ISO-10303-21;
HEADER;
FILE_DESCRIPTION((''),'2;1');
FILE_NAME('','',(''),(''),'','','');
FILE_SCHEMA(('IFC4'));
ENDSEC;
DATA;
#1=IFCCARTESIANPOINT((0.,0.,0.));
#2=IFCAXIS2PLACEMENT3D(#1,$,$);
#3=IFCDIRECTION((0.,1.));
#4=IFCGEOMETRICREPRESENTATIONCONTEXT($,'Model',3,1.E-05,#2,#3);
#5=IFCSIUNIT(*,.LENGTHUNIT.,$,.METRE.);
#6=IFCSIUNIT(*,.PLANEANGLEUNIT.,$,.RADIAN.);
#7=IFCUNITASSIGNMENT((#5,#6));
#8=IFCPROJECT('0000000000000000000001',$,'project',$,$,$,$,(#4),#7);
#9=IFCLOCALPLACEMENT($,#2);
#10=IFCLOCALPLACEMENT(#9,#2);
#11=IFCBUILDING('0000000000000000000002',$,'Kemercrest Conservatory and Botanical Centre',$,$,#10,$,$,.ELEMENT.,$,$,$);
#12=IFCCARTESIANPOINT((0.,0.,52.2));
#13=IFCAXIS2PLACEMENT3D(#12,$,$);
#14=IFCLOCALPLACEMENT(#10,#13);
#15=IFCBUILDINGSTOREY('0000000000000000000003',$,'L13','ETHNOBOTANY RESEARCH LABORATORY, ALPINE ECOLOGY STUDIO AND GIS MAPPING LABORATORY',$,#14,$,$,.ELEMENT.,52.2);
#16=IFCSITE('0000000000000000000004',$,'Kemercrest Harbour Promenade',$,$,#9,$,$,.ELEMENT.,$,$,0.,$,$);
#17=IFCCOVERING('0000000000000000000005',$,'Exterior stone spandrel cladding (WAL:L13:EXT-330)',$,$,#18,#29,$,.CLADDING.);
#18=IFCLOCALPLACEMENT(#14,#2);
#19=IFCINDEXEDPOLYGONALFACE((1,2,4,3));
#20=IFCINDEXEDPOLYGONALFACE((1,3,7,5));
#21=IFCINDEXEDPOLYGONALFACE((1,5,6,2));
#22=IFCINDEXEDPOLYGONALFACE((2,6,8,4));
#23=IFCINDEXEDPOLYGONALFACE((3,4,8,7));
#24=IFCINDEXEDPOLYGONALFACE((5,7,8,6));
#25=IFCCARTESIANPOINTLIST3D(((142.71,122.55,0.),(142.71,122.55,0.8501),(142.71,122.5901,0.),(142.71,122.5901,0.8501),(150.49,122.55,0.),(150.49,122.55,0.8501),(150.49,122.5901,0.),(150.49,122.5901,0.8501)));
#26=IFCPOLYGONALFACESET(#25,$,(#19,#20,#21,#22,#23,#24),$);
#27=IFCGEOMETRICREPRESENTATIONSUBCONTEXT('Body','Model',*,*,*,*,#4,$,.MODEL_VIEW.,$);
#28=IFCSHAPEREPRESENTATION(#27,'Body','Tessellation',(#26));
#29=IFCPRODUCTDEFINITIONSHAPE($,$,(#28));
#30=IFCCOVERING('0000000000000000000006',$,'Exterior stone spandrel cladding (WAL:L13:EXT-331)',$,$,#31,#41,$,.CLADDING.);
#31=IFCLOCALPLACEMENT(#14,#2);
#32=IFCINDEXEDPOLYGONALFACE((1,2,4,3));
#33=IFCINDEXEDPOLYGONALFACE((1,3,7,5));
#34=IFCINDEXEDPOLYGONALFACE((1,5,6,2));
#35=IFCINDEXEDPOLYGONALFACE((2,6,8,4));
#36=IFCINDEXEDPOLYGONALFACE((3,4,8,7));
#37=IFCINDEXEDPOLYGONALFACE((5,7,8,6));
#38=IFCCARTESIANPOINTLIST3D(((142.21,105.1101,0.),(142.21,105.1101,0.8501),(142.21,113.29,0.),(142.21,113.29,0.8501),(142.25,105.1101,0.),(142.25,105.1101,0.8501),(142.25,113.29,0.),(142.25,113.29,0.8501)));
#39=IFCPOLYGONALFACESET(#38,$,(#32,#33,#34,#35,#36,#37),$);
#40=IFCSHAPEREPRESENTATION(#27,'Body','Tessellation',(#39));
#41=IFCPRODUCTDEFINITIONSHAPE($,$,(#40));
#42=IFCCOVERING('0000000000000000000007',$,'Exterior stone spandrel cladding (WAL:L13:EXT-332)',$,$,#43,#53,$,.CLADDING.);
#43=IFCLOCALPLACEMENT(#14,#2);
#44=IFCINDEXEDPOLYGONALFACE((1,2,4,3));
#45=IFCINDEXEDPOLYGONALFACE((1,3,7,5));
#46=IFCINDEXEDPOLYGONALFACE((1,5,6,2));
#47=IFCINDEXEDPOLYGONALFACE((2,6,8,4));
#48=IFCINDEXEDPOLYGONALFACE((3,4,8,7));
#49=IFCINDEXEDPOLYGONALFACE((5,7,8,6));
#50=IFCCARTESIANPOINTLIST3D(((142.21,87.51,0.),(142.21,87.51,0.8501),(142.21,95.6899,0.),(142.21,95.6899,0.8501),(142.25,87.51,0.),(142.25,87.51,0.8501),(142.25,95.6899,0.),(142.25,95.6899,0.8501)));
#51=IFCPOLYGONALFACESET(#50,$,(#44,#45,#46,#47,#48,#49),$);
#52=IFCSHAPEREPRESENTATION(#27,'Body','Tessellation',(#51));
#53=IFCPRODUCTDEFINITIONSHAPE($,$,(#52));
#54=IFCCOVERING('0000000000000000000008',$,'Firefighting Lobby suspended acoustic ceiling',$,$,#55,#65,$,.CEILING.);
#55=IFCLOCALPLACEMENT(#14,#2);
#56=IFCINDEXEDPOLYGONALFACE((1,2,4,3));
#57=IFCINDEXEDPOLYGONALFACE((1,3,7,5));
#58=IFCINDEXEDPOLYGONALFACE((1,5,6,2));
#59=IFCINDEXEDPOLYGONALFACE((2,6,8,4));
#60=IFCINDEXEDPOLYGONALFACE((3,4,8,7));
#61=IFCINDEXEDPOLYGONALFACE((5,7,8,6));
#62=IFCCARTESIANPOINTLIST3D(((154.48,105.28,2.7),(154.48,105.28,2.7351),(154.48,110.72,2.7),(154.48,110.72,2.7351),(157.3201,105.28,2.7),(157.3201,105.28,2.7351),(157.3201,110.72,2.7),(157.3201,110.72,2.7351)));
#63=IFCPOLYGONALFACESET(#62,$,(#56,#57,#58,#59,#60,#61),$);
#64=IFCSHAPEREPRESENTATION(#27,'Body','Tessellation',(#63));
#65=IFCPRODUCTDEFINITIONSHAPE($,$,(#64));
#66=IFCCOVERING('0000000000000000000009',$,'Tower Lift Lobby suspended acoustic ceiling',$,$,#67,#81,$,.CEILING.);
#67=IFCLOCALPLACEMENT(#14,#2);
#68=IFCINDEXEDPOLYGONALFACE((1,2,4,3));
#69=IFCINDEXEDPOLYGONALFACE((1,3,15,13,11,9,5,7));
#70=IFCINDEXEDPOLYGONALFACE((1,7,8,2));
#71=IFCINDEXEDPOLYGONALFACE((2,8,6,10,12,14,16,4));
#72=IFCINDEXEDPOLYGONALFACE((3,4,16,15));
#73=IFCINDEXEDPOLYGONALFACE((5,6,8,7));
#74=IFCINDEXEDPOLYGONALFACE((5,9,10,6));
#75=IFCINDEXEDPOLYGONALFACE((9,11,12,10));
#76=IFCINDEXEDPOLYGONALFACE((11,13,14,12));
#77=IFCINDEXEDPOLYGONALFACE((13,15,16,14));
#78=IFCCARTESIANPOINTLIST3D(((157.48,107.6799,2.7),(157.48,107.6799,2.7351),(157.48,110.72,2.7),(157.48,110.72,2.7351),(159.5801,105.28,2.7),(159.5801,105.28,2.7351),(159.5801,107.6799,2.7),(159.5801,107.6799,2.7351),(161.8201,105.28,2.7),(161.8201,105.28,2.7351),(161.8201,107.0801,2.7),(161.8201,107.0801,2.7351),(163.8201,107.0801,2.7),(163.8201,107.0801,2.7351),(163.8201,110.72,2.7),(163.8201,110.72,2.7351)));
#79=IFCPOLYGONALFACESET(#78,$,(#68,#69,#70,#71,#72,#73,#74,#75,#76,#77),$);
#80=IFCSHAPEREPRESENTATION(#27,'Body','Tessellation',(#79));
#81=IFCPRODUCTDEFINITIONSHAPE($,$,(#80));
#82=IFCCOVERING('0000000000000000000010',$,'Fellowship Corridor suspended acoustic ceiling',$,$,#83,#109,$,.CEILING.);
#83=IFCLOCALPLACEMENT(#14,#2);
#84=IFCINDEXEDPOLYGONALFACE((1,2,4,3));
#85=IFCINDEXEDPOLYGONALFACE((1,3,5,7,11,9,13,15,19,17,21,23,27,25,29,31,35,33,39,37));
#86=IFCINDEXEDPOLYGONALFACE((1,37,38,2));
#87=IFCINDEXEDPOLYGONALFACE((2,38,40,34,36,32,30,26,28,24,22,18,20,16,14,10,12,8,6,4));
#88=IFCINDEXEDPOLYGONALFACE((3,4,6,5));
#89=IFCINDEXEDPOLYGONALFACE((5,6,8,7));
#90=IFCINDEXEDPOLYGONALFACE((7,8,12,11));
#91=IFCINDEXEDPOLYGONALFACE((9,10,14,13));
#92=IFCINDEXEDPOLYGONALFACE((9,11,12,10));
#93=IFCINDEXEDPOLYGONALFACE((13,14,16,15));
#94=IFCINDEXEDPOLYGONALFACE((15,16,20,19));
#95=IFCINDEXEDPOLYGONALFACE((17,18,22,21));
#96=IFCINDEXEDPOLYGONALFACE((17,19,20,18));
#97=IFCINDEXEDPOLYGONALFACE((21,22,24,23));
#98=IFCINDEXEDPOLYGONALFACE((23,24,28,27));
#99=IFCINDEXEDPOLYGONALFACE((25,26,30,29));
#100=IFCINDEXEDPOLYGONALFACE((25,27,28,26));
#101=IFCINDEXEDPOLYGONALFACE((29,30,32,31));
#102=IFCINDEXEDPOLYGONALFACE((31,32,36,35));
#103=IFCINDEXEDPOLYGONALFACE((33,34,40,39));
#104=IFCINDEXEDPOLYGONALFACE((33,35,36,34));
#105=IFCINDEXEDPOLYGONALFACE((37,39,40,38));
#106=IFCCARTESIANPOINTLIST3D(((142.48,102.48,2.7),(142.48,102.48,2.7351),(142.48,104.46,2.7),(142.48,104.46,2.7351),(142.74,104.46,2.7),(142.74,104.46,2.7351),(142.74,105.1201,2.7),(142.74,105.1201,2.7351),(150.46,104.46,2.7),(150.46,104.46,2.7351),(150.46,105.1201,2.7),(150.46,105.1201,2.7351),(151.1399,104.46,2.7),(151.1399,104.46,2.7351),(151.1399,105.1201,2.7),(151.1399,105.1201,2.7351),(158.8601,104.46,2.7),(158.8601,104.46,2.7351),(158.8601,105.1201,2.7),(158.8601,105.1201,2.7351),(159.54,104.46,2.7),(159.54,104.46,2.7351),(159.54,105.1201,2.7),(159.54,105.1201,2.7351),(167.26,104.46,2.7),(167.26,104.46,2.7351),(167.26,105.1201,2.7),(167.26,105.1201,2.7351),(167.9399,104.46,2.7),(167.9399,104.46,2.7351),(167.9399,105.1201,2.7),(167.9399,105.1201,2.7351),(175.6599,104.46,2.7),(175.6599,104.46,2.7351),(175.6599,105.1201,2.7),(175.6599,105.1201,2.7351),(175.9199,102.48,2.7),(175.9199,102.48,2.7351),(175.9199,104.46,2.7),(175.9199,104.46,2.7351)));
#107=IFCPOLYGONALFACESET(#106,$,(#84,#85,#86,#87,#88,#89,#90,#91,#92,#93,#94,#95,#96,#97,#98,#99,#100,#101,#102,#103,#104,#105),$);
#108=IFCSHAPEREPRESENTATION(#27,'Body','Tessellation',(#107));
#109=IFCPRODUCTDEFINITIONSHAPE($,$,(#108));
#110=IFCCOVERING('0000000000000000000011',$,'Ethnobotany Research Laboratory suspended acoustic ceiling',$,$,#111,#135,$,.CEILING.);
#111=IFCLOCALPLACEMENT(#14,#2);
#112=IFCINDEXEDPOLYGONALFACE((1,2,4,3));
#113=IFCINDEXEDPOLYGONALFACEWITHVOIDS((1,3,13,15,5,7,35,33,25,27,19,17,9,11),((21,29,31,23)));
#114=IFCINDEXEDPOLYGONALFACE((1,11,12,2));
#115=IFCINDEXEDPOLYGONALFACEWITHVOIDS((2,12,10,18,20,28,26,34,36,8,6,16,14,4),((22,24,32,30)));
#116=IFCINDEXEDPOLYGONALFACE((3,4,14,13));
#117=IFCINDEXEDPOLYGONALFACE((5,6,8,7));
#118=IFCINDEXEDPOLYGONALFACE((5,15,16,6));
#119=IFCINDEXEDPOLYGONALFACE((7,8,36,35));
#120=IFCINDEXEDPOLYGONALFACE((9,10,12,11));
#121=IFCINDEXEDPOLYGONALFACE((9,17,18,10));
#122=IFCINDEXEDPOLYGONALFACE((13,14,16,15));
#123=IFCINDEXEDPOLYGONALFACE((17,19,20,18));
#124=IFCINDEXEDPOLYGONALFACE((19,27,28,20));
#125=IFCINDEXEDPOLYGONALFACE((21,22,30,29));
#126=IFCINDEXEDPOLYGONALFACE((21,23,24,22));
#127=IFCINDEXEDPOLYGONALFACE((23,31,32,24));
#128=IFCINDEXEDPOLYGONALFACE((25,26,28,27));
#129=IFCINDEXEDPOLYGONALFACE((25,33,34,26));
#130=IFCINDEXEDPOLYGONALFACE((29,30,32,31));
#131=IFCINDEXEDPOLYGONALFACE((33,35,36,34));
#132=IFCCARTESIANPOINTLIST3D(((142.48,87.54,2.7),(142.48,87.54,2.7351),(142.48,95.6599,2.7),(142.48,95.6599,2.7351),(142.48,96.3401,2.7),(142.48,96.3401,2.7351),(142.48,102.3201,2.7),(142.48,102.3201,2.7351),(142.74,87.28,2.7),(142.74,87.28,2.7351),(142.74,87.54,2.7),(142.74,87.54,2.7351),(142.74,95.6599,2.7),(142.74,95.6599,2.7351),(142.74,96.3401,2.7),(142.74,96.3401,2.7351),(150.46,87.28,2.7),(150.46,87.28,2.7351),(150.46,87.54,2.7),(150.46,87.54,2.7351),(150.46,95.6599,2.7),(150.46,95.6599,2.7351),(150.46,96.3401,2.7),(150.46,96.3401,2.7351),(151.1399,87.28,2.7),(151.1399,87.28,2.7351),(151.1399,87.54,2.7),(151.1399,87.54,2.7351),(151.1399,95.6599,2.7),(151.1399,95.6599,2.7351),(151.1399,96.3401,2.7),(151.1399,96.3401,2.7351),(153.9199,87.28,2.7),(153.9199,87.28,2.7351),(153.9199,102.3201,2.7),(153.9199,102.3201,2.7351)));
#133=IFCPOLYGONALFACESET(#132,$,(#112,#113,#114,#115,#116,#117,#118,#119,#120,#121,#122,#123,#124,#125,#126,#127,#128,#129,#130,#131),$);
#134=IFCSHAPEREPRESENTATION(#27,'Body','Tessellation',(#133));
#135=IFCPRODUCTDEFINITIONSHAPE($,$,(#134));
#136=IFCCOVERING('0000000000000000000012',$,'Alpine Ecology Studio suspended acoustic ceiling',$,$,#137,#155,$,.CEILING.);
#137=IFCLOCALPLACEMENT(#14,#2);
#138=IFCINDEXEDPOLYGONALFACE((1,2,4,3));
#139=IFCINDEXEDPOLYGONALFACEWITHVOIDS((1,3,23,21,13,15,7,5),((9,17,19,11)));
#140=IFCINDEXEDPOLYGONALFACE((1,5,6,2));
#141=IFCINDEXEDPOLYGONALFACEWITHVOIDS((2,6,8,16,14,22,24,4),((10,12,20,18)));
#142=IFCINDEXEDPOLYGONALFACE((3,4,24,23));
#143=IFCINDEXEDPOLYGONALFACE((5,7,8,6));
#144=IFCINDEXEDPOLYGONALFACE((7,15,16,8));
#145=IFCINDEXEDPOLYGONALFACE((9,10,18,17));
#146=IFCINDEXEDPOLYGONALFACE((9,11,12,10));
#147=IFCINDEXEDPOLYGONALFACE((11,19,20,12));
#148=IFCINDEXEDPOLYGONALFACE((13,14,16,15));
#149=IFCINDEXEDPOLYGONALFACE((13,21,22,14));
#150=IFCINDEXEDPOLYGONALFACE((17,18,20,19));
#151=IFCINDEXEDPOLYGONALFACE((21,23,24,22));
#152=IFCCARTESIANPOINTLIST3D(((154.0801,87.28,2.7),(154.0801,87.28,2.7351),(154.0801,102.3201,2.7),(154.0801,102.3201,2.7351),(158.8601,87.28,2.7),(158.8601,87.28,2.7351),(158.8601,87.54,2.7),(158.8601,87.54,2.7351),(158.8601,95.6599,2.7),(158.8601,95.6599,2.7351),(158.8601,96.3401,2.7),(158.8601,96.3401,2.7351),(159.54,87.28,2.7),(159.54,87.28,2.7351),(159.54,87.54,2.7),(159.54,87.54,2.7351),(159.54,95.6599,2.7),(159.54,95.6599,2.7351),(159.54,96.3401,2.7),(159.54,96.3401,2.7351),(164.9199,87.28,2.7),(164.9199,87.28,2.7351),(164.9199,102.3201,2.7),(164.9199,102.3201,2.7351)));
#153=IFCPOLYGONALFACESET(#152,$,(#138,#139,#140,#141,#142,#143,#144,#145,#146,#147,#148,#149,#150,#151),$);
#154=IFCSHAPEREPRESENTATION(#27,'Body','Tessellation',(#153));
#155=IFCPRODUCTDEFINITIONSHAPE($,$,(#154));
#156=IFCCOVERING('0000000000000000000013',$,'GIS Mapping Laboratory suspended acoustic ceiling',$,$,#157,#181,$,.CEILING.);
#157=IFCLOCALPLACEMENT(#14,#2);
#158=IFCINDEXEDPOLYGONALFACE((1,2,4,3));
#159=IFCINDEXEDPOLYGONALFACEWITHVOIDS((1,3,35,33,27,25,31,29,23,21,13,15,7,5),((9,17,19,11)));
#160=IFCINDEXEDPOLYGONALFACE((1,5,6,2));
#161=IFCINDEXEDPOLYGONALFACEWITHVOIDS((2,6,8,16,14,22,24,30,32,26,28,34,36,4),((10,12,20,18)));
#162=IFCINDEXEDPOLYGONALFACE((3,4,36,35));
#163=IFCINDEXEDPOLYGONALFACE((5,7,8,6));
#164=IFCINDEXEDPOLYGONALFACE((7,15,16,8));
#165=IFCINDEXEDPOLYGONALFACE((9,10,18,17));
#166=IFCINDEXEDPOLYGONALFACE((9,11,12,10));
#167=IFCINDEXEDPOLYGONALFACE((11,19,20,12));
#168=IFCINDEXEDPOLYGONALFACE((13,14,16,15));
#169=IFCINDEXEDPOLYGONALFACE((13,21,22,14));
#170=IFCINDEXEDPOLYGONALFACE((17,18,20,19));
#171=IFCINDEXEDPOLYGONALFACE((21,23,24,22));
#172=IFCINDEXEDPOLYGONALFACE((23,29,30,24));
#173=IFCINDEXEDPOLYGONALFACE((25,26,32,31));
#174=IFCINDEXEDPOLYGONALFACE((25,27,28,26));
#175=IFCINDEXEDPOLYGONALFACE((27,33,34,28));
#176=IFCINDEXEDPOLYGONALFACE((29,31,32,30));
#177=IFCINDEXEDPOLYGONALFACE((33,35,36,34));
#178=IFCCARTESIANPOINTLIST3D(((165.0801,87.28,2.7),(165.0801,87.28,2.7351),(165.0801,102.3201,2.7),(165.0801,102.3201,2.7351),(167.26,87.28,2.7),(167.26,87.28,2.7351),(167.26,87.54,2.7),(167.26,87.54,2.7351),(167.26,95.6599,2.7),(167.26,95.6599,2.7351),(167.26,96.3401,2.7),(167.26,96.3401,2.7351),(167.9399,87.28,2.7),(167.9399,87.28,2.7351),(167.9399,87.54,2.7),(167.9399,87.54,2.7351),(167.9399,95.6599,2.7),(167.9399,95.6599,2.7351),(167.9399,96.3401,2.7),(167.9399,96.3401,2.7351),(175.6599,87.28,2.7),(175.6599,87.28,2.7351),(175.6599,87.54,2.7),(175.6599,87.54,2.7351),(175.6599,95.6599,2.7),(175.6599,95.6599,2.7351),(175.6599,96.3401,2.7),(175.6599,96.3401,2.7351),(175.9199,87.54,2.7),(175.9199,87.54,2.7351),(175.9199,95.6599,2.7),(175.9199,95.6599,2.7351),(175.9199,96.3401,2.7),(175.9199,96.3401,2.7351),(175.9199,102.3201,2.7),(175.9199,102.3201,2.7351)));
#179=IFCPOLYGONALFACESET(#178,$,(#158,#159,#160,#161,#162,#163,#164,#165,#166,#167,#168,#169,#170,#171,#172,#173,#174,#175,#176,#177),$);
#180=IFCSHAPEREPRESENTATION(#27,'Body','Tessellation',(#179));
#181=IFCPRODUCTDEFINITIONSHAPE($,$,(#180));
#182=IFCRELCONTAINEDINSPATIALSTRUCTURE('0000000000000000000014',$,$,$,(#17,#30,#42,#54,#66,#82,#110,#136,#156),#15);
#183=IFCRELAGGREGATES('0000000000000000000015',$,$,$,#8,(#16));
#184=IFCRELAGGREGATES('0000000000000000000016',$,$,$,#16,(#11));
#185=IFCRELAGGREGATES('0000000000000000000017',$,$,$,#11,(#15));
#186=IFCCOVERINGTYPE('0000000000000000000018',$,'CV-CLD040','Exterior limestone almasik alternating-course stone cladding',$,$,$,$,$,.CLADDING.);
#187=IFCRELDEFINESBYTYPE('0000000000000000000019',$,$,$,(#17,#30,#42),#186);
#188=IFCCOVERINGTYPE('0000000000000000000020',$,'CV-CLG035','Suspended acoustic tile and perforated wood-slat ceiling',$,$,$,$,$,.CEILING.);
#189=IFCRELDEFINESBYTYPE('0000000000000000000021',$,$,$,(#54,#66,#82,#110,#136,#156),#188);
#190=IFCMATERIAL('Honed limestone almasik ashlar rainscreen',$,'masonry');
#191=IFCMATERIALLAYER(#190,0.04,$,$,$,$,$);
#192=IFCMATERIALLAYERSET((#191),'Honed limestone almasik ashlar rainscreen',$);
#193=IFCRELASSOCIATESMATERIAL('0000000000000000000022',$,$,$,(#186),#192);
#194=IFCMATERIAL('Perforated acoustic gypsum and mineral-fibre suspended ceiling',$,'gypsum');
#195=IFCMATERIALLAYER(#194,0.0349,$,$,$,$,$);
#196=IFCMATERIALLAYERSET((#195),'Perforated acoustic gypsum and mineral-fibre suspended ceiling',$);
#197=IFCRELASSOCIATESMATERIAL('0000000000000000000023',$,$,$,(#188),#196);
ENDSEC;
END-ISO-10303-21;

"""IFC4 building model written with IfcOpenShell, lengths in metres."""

from ifc_helpers import new_model, si_unit, direction, frame, origin, place, context, subcontext, project, spatial, polyline, outline, extrude, material, layer, layer_set, type_object, element, save


model = new_model("IFC4")

# Units and contexts
model_context = context("Model", 3, precision=1e-05, world=origin(), true_north=direction((0.0, 1.0)))
body_context = subcontext(model_context, "Body", "Model", "MODEL_VIEW")
ifc_project = project(units=[si_unit("LENGTHUNIT", "METRE"), si_unit("PLANEANGLEUNIT", "RADIAN")], contexts=[model_context])

# Site, building, storey
site_placement = place(None, origin())
site = spatial("IfcSite", under=ifc_project, at=site_placement, Name="Kemercrest Harbour Promenade", CompositionType="ELEMENT", RefElevation=0.0)
building_placement = place(site_placement, origin())
building = spatial("IfcBuilding", under=site, at=building_placement, Name="Kemercrest Conservatory and Botanical Centre", CompositionType="ELEMENT")
storey_placement = place(building_placement, frame((0.0, 0.0, 52.2)))
storey = spatial("IfcBuildingStorey", under=building, at=storey_placement, Name="L13", Description="ETHNOBOTANY RESEARCH LABORATORY, ALPINE ECOLOGY STUDIO AND GIS MAPPING LABORATORY", CompositionType="ELEMENT", Elevation=52.2)

# Coverings
ifc_material_1 = material(Name="Honed limestone almasik ashlar rainscreen", Category="masonry")
ifc_layer_1 = layer(ifc_material_1, 0.04)
ifc_layer_set_1 = layer_set([ifc_layer_1], Name="Honed limestone almasik ashlar rainscreen")
covering_type_1 = type_object("IfcCoveringType", Name="CV-CLD040", Description="Exterior limestone almasik alternating-course stone cladding", PredefinedType="CLADDING", material=ifc_layer_set_1)
covering_1_placement = place(storey_placement, origin())
element("IfcCovering", 1, at=covering_1_placement, inside=storey, type_object=covering_type_1, Name="Exterior stone spandrel cladding (WAL:L13:EXT-330)", PredefinedType="CLADDING", context=body_context, shape_type="SweptSolid", body=[
    extrude(outline(polyline([(150.49, 122.55), (150.49, 122.5901), (142.71, 122.5901), (142.71, 122.55), (150.49, 122.55)])), origin(), (0.0, 0.0, 1.0), 0.8501),
])
covering_2_placement = place(storey_placement, origin())
element("IfcCovering", 2, at=covering_2_placement, inside=storey, type_object=covering_type_1, Name="Exterior stone spandrel cladding (WAL:L13:EXT-331)", PredefinedType="CLADDING", context=body_context, shape_type="SweptSolid", body=[
    extrude(outline(polyline([(142.25, 113.29), (142.21, 113.29), (142.21, 105.1101), (142.25, 105.1101), (142.25, 113.29)])), origin(), (0.0, 0.0, 1.0), 0.8501),
])
covering_3_placement = place(storey_placement, origin())
element("IfcCovering", 3, at=covering_3_placement, inside=storey, type_object=covering_type_1, Name="Exterior stone spandrel cladding (WAL:L13:EXT-332)", PredefinedType="CLADDING", context=body_context, shape_type="SweptSolid", body=[
    extrude(outline(polyline([(142.25, 95.6899), (142.21, 95.6899), (142.21, 87.51), (142.25, 87.51), (142.25, 95.6899)])), origin(), (0.0, 0.0, 1.0), 0.8501),
])
ifc_material_2 = material(Name="Perforated acoustic gypsum and mineral-fibre suspended ceiling", Category="gypsum")
ifc_layer_2 = layer(ifc_material_2, 0.0349)
ifc_layer_set_2 = layer_set([ifc_layer_2], Name="Perforated acoustic gypsum and mineral-fibre suspended ceiling")
covering_type_2 = type_object("IfcCoveringType", Name="CV-CLG035", Description="Suspended acoustic tile and perforated wood-slat ceiling", PredefinedType="CEILING", material=ifc_layer_set_2)
covering_4_placement = place(storey_placement, frame((0.0, 0.0, 2.7)))
element("IfcCovering", 4, at=covering_4_placement, inside=storey, type_object=covering_type_2, Name="Firefighting Lobby suspended acoustic ceiling", PredefinedType="CEILING", context=body_context, shape_type="SweptSolid", body=[
    extrude(outline(polyline([(154.48, 105.28), (157.3201, 105.28), (157.3201, 110.72), (154.48, 110.72), (154.48, 105.28)])), origin(), (0.0, 0.0, 1.0), 0.0352),
])
covering_5_placement = place(storey_placement, frame((0.0, 0.0, 2.7)))
element("IfcCovering", 5, at=covering_5_placement, inside=storey, type_object=covering_type_2, Name="Tower Lift Lobby suspended acoustic ceiling", PredefinedType="CEILING", context=body_context, shape_type="SweptSolid", body=[
    extrude(outline(polyline([(159.5801, 107.6799), (159.5801, 105.28), (161.8201, 105.28), (161.8201, 107.0801), (163.8201, 107.0801), (163.8201, 110.72), (157.48, 110.72), (157.48, 107.6799), (159.5801, 107.6799)])), origin(), (0.0, 0.0, 1.0), 0.0352),
])
covering_6_placement = place(storey_placement, frame((0.0, 0.0, 2.7)))
element("IfcCovering", 6, at=covering_6_placement, inside=storey, type_object=covering_type_2, Name="Fellowship Corridor suspended acoustic ceiling", PredefinedType="CEILING", context=body_context, shape_type="SweptSolid", body=[
    extrude(outline(polyline([(142.48, 102.48), (175.9199, 102.48), (175.9199, 104.46), (175.6599, 104.46), (175.6599, 105.1201), (167.9399, 105.1201), (167.9399, 104.46), (167.26, 104.46), (167.26, 105.1201), (159.54, 105.1201), (159.54, 104.46), (158.8601, 104.46), (158.8601, 105.1201), (151.1399, 105.1201), (151.1399, 104.46), (150.46, 104.46), (150.46, 105.1201), (142.74, 105.1201), (142.74, 104.46), (142.48, 104.46), (142.48, 102.48)])), origin(), (0.0, 0.0, 1.0), 0.0352),
])
covering_7_placement = place(storey_placement, frame((0.0, 0.0, 2.7)))
element("IfcCovering", 7, at=covering_7_placement, inside=storey, type_object=covering_type_2, Name="Ethnobotany Research Laboratory suspended acoustic ceiling", PredefinedType="CEILING", context=body_context, shape_type="SweptSolid", body=[
    extrude(outline(polyline([(150.46, 87.54), (151.1399, 87.54), (151.1399, 87.28), (153.9199, 87.28), (153.9199, 102.3201), (142.48, 102.3201), (142.48, 96.3401), (142.74, 96.3401), (142.74, 95.6599), (142.48, 95.6599), (142.48, 87.54), (142.74, 87.54), (142.74, 87.28), (150.46, 87.28), (150.46, 87.54)]), holes=[polyline([(150.46, 95.6599), (150.46, 96.3401), (151.1399, 96.3401), (151.1399, 95.6599), (150.46, 95.6599)])]), origin(), (0.0, 0.0, 1.0), 0.0352),
])
covering_8_placement = place(storey_placement, frame((0.0, 0.0, 2.7)))
element("IfcCovering", 8, at=covering_8_placement, inside=storey, type_object=covering_type_2, Name="Alpine Ecology Studio suspended acoustic ceiling", PredefinedType="CEILING", context=body_context, shape_type="SweptSolid", body=[
    extrude(outline(polyline([(158.8601, 87.54), (159.54, 87.54), (159.54, 87.28), (164.9199, 87.28), (164.9199, 102.3201), (154.0801, 102.3201), (154.0801, 87.28), (158.8601, 87.28), (158.8601, 87.54)]), holes=[polyline([(158.8601, 96.3401), (159.54, 96.3401), (159.54, 95.6599), (158.8601, 95.6599), (158.8601, 96.3401)])]), origin(), (0.0, 0.0, 1.0), 0.0352),
])
covering_9_placement = place(storey_placement, frame((0.0, 0.0, 2.7)))
element("IfcCovering", 9, at=covering_9_placement, inside=storey, type_object=covering_type_2, Name="GIS Mapping Laboratory suspended acoustic ceiling", PredefinedType="CEILING", context=body_context, shape_type="SweptSolid", body=[
    extrude(outline(polyline([(167.26, 87.54), (167.9399, 87.54), (167.9399, 87.28), (175.6599, 87.28), (175.6599, 87.54), (175.9199, 87.54), (175.9199, 95.6599), (175.6599, 95.6599), (175.6599, 96.3401), (175.9199, 96.3401), (175.9199, 102.3201), (165.0801, 102.3201), (165.0801, 87.28), (167.26, 87.28), (167.26, 87.54)]), holes=[polyline([(167.26, 96.3401), (167.9399, 96.3401), (167.9399, 95.6599), (167.26, 95.6599), (167.26, 96.3401)])]), origin(), (0.0, 0.0, 1.0), 0.0352),
])

save(model, "model.ifc")
